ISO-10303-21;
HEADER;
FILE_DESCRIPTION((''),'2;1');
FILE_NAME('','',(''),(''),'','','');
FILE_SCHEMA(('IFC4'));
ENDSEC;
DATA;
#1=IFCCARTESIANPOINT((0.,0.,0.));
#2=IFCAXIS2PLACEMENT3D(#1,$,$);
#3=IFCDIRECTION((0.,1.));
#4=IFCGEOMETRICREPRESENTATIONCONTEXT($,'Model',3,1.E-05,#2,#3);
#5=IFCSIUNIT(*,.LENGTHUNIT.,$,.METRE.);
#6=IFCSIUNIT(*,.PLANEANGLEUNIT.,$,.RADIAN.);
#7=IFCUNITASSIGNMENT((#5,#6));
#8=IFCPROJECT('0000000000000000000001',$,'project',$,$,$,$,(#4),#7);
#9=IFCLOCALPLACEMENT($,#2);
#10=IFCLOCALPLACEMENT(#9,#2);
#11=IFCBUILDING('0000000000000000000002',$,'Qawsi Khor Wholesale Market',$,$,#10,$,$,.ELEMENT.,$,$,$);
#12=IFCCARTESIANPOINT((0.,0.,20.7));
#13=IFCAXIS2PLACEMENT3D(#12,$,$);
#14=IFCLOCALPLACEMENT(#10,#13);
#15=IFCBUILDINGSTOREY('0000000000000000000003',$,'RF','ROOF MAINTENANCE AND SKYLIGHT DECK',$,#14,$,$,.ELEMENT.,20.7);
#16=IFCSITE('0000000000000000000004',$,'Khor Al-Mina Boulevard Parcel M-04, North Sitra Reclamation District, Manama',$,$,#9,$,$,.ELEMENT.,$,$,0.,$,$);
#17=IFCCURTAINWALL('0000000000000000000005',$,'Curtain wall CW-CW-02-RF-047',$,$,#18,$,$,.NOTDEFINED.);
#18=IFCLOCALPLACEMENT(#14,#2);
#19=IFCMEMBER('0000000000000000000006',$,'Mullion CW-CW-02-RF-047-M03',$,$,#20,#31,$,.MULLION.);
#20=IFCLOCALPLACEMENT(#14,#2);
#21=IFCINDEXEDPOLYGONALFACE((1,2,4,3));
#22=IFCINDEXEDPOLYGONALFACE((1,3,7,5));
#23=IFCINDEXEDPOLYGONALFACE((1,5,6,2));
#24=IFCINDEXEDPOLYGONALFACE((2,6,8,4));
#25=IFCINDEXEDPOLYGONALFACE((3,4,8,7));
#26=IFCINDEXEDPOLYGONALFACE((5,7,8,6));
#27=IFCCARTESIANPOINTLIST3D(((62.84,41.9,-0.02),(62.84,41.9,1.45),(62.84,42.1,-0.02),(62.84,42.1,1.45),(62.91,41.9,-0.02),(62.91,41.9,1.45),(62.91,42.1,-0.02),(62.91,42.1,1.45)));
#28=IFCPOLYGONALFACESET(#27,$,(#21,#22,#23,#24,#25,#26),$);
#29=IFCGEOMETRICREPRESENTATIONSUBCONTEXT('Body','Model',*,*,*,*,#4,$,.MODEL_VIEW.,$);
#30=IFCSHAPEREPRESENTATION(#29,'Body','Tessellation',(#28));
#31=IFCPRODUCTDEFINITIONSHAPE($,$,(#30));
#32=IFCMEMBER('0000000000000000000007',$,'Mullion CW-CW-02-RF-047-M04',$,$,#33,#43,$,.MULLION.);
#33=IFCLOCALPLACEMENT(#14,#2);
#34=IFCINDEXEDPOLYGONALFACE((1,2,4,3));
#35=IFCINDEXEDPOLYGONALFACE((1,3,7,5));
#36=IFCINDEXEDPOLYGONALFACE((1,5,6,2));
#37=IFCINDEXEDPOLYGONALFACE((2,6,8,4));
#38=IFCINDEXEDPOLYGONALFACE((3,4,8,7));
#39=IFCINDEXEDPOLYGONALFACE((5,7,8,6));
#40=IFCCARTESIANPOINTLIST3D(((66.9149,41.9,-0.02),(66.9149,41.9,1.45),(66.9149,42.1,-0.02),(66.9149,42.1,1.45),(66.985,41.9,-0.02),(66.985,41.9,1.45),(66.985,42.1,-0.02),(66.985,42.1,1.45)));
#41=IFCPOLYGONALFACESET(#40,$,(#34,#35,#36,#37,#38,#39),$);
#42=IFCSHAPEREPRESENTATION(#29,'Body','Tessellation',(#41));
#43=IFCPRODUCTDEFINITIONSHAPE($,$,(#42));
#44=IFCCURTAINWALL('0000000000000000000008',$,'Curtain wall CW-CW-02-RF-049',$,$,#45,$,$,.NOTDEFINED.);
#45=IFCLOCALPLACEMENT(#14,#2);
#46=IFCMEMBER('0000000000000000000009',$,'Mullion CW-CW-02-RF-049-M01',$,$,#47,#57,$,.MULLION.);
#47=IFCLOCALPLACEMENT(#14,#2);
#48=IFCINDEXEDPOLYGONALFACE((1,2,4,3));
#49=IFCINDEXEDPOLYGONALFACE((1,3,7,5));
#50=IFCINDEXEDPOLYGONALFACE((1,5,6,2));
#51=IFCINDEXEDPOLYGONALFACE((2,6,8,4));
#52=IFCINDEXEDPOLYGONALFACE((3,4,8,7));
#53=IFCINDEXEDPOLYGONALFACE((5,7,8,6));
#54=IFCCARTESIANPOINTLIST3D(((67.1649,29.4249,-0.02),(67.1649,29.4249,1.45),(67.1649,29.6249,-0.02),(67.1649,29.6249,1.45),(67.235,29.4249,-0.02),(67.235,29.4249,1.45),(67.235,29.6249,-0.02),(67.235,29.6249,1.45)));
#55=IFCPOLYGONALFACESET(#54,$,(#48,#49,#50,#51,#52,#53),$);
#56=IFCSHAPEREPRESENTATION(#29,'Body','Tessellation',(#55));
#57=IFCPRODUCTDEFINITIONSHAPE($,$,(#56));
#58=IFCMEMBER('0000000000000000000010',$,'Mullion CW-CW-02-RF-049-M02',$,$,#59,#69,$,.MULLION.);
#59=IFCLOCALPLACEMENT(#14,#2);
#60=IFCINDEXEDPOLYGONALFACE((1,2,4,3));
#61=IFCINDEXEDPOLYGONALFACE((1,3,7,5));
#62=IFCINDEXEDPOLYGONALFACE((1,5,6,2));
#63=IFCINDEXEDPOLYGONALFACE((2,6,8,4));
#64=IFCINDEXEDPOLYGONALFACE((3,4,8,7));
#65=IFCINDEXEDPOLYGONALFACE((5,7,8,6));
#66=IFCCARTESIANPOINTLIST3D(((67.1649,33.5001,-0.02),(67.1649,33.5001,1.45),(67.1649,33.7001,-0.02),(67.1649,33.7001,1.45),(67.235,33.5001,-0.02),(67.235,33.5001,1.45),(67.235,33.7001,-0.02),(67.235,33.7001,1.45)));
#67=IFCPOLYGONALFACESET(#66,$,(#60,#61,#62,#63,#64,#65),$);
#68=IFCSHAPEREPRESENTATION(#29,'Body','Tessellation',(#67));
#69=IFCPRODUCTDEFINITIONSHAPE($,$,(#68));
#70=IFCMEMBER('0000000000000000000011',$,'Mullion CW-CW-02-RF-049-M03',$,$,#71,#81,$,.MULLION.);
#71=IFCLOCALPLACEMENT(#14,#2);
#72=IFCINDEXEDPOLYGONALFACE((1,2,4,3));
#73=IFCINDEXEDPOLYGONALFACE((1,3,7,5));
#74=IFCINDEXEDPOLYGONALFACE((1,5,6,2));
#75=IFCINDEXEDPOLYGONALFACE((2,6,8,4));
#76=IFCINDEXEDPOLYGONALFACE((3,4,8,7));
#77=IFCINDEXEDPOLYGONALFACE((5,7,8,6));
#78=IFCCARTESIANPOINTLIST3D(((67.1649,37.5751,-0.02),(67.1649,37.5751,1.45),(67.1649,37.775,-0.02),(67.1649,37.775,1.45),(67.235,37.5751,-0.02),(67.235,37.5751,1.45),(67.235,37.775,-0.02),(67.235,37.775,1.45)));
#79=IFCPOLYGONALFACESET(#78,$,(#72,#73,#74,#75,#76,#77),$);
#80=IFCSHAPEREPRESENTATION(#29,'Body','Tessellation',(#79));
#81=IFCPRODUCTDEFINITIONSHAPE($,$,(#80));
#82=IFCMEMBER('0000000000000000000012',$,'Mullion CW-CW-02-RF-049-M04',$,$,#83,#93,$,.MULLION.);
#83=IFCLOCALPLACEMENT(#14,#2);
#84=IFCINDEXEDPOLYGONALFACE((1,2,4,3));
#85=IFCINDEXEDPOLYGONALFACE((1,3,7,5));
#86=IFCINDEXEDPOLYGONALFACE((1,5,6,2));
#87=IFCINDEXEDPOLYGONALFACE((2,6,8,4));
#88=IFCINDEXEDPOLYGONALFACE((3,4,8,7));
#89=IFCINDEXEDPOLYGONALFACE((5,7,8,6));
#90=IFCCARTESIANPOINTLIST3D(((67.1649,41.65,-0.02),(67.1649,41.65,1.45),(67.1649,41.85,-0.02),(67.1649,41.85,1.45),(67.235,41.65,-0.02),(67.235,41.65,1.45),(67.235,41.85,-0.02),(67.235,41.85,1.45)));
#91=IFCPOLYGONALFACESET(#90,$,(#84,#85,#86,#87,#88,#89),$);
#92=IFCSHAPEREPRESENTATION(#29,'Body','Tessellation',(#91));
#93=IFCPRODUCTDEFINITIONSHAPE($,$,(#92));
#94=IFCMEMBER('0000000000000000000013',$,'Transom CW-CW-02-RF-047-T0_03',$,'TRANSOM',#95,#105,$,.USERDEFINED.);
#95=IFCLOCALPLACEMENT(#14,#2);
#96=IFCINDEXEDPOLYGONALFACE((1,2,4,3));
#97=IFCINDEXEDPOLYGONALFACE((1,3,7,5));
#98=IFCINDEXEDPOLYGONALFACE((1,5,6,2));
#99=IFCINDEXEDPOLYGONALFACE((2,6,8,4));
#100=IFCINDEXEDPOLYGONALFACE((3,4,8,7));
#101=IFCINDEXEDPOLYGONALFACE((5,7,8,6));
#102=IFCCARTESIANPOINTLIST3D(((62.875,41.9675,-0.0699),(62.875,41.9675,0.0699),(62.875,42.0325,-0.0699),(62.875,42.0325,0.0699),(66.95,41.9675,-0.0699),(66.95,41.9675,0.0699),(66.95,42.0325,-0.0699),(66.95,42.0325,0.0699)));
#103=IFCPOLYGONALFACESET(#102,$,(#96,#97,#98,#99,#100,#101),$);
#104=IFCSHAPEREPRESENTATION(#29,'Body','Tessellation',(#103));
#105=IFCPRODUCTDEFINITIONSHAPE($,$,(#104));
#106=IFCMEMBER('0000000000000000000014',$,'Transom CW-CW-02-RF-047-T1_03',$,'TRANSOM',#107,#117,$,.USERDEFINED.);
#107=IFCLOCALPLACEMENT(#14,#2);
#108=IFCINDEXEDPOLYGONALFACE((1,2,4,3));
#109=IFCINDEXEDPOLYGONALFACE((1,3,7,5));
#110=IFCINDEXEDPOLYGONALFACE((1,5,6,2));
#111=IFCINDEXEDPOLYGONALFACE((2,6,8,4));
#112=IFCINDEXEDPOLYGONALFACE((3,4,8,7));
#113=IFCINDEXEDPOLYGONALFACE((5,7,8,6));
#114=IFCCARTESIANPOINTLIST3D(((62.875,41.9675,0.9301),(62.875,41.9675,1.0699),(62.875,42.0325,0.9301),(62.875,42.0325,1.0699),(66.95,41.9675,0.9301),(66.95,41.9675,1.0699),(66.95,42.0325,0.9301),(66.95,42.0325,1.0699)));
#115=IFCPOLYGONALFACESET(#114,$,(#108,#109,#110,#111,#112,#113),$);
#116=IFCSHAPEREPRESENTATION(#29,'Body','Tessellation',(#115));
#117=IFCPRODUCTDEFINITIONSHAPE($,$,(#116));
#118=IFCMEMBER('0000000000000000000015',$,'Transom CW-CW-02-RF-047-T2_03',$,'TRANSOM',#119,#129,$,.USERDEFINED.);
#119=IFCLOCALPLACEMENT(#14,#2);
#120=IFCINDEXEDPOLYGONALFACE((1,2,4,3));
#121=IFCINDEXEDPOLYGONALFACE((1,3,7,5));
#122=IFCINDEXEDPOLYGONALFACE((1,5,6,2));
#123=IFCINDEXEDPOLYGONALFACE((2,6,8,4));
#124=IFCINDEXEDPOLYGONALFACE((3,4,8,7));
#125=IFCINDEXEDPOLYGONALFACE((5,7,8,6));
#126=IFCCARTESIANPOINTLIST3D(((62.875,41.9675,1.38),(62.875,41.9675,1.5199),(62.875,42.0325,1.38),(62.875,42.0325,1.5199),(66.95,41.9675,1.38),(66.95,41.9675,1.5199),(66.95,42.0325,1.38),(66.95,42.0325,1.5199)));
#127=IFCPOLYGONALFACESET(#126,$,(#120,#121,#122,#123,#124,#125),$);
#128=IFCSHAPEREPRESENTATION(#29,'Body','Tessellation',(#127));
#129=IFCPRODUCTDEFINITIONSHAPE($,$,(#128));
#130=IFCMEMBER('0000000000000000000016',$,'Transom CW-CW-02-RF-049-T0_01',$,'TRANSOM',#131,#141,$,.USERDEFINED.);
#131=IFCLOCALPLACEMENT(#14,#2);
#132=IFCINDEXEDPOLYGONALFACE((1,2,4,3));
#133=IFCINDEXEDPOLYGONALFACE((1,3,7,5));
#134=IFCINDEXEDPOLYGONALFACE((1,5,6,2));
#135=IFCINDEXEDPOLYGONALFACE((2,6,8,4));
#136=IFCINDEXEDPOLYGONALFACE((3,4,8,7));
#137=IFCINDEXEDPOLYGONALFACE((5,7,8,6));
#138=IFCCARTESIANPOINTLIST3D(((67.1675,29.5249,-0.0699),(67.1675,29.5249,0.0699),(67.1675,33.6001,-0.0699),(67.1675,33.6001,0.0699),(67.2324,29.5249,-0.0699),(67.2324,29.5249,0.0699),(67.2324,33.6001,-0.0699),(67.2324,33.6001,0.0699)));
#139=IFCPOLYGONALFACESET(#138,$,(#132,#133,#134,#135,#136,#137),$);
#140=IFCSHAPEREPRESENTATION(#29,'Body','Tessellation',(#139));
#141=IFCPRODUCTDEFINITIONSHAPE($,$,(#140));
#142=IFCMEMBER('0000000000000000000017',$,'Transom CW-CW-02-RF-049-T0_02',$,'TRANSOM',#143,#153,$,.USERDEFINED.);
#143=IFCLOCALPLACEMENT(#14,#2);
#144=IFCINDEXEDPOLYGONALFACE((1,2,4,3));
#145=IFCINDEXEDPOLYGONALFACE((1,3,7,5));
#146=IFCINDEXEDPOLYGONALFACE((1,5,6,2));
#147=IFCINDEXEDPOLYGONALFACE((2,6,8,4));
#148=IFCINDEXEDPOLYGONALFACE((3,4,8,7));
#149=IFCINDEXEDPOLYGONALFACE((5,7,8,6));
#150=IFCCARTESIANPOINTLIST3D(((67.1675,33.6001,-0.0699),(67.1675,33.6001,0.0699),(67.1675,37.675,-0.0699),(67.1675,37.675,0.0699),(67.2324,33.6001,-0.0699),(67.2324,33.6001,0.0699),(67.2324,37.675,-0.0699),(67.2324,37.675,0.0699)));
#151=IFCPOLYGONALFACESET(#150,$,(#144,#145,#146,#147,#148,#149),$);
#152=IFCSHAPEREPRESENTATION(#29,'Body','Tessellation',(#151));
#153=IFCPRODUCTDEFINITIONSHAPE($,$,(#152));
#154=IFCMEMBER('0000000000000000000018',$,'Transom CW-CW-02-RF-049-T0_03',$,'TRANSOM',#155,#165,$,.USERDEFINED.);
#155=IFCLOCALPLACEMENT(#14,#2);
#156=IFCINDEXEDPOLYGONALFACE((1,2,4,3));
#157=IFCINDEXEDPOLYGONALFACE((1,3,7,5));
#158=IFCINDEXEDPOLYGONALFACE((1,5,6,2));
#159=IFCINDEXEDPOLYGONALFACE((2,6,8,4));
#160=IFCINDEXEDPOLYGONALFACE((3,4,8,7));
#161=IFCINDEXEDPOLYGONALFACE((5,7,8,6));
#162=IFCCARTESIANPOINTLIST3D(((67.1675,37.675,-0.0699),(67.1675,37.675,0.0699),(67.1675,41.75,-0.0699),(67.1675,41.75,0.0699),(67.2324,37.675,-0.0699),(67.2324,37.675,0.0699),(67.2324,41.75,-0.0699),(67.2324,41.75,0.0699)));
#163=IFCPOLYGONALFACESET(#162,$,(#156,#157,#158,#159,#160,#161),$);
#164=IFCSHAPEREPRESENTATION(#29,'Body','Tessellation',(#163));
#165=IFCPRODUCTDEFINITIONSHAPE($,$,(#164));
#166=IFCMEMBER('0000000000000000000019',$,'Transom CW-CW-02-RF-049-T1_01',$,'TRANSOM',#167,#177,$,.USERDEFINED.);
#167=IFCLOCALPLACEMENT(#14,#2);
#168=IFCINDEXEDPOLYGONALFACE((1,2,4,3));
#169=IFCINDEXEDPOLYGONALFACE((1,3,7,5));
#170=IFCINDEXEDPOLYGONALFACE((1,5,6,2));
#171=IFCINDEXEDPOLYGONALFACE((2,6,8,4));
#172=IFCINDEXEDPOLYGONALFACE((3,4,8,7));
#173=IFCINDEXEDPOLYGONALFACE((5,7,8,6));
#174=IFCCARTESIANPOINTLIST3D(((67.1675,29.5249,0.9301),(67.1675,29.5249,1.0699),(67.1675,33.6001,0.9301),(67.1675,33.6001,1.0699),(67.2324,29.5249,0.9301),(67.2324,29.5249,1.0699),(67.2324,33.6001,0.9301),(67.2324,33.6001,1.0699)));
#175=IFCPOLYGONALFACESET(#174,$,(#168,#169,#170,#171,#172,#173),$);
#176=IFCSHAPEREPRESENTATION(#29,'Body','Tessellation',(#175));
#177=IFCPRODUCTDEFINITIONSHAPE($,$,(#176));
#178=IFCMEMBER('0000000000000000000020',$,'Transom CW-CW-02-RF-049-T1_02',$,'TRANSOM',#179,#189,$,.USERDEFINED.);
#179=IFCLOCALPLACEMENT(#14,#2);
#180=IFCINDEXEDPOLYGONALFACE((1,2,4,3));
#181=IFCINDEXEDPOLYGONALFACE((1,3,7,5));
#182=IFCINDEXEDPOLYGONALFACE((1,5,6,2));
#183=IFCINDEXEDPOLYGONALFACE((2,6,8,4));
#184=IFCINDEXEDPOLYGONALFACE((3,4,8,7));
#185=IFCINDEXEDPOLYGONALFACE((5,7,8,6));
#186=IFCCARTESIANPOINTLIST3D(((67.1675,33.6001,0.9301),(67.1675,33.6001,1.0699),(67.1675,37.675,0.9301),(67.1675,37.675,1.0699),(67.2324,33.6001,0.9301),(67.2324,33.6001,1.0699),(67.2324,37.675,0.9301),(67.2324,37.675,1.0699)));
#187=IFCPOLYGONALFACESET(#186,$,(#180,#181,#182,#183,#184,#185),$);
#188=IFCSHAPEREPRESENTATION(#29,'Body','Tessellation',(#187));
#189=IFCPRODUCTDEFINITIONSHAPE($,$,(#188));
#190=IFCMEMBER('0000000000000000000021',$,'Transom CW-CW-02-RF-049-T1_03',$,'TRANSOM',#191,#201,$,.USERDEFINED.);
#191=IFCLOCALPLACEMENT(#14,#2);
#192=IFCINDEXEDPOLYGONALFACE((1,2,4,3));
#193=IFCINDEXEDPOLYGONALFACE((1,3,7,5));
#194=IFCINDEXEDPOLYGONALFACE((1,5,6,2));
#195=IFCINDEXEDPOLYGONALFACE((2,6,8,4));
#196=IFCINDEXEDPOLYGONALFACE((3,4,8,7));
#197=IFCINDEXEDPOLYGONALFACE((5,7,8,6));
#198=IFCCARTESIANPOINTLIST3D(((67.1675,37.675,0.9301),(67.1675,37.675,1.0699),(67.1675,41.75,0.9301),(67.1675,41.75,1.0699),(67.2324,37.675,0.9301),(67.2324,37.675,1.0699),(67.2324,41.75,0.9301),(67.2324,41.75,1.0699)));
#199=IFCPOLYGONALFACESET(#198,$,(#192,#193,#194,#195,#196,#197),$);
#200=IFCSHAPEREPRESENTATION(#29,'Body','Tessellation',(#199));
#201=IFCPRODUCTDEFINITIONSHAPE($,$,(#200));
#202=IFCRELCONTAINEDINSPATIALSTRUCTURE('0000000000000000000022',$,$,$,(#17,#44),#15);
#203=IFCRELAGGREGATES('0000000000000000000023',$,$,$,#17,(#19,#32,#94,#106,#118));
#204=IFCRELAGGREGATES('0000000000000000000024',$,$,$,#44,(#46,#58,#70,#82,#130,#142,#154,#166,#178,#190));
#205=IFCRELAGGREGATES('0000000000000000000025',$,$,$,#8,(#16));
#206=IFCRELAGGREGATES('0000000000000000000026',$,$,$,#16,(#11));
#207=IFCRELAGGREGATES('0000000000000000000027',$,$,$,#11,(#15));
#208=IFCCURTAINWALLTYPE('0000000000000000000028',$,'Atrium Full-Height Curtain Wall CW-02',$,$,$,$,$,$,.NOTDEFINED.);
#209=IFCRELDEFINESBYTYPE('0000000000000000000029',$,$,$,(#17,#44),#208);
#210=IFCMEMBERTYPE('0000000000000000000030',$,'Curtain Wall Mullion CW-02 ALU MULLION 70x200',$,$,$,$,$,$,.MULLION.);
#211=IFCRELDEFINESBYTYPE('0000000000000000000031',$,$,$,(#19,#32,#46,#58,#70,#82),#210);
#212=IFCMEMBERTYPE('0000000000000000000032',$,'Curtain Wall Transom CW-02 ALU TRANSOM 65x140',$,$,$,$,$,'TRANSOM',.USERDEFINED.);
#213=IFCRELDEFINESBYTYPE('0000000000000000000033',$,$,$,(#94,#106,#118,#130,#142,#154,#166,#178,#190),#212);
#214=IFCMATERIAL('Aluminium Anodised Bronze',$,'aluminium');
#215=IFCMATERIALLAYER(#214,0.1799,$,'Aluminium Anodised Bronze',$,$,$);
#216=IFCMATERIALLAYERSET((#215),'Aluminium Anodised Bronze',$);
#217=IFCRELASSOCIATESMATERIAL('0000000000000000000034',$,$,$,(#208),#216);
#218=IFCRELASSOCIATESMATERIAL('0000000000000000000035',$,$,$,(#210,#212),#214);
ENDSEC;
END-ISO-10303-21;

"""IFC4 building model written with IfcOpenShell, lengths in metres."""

from ifc_helpers import new_model, si_unit, direction, frame, origin, origin_2d, place, context, subcontext, project, spatial, rectangle, extrude, material, layer, layer_set, material_profile, profile_set, type_object, element, aggregate, save


model = new_model("IFC4")

# Units and contexts
model_context = context("Model", 3, precision=1e-05, world=origin(), true_north=direction((0.0, 1.0)))
body_context = subcontext(model_context, "Body", "Model", "MODEL_VIEW")
ifc_project = project(units=[si_unit("LENGTHUNIT", "METRE"), si_unit("PLANEANGLEUNIT", "RADIAN")], contexts=[model_context])

# Site, building, storey
site_placement = place(None, origin())
site = spatial("IfcSite", under=ifc_project, at=site_placement, Name="Khor Al-Mina Boulevard Parcel M-04, North Sitra Reclamation District, Manama", CompositionType="ELEMENT", RefElevation=0.0)
building_placement = place(site_placement, origin())
building = spatial("IfcBuilding", under=site, at=building_placement, Name="Qawsi Khor Wholesale Market", CompositionType="ELEMENT")
storey_placement = place(building_placement, frame((0.0, 0.0, 20.7)))
storey = spatial("IfcBuildingStorey", under=building, at=storey_placement, Name="RF", Description="ROOF MAINTENANCE AND SKYLIGHT DECK", CompositionType="ELEMENT", Elevation=20.7)

# Curtain walls, members
ifc_material_1 = material(Name="Aluminium Anodised Bronze", Category="aluminium")
ifc_layer_1 = layer(ifc_material_1, 0.1799, Name="Aluminium Anodised Bronze")
ifc_layer_set_1 = layer_set([ifc_layer_1], Name="Aluminium Anodised Bronze")
curtain_wall_type = type_object("IfcCurtainWallType", Name="Atrium Full-Height Curtain Wall CW-02", PredefinedType="NOTDEFINED", material=ifc_layer_set_1)
curtain_wall_1_placement = place(storey_placement, origin())
curtain_wall_1 = element("IfcCurtainWall", 1, at=curtain_wall_1_placement, inside=storey, type_object=curtain_wall_type, Name="Curtain wall CW-CW-02-RF-047", PredefinedType="NOTDEFINED")
ifc_material_profile_1 = material_profile(ifc_material_1, rectangle(XDim=0.0701, YDim=0.2, at=origin_2d()), Name="ALU MULLION 70x200")
ifc_profile_set_1 = profile_set([ifc_material_profile_1], Name="Aluminium Anodised Bronze")
member_type_1 = type_object("IfcMemberType", Name="Curtain Wall Mullion CW-02 ALU MULLION 70x200", PredefinedType="MULLION", material=ifc_profile_set_1)
member_1_placement = place(storey_placement, frame((62.875, 42.0, -0.02), z_axis=(0.0, 0.0, 1.0), x_axis=(1.0, 0.0, 0.0)))
member_1 = element("IfcMember", 2, at=member_1_placement, type_object=member_type_1, Name="Mullion CW-CW-02-RF-047-M03", PredefinedType="MULLION", context=body_context, shape_type="SweptSolid", body=[
    extrude(rectangle(XDim=0.0701, YDim=0.2, at=origin_2d()), origin(), (0.0, 0.0, 1.0), 1.47),
])
member_2_placement = place(storey_placement, frame((66.95, 42.0, -0.02), z_axis=(0.0, 0.0, 1.0), x_axis=(1.0, 0.0, 0.0)))
member_2 = element("IfcMember", 3, at=member_2_placement, type_object=member_type_1, Name="Mullion CW-CW-02-RF-047-M04", PredefinedType="MULLION", context=body_context, shape_type="SweptSolid", body=[
    extrude(rectangle(XDim=0.0701, YDim=0.2, at=origin_2d()), origin(), (0.0, 0.0, 1.0), 1.47),
])
curtain_wall_2_placement = place(storey_placement, origin())
curtain_wall_2 = element("IfcCurtainWall", 4, at=curtain_wall_2_placement, inside=storey, type_object=curtain_wall_type, Name="Curtain wall CW-CW-02-RF-049", PredefinedType="NOTDEFINED")
member_3_placement = place(storey_placement, frame((67.2, 29.5249, -0.02), z_axis=(0.0, 0.0, 1.0), x_axis=(1.0, 0.0, 0.0)))
member_3 = element("IfcMember", 5, at=member_3_placement, type_object=member_type_1, Name="Mullion CW-CW-02-RF-049-M01", PredefinedType="MULLION", context=body_context, shape_type="SweptSolid", body=[
    extrude(rectangle(XDim=0.0701, YDim=0.2, at=origin_2d()), origin(), (0.0, 0.0, 1.0), 1.47),
])
member_4_placement = place(storey_placement, frame((67.2, 33.6001, -0.02), z_axis=(0.0, 0.0, 1.0), x_axis=(1.0, 0.0, 0.0)))
member_4 = element("IfcMember", 6, at=member_4_placement, type_object=member_type_1, Name="Mullion CW-CW-02-RF-049-M02", PredefinedType="MULLION", context=body_context, shape_type="SweptSolid", body=[
    extrude(rectangle(XDim=0.0701, YDim=0.2, at=origin_2d()), origin(), (0.0, 0.0, 1.0), 1.47),
])
member_5_placement = place(storey_placement, frame((67.2, 37.675, -0.02), z_axis=(0.0, 0.0, 1.0), x_axis=(1.0, 0.0, 0.0)))
member_5 = element("IfcMember", 7, at=member_5_placement, type_object=member_type_1, Name="Mullion CW-CW-02-RF-049-M03", PredefinedType="MULLION", context=body_context, shape_type="SweptSolid", body=[
    extrude(rectangle(XDim=0.0701, YDim=0.2, at=origin_2d()), origin(), (0.0, 0.0, 1.0), 1.47),
])
member_6_placement = place(storey_placement, frame((67.2, 41.75, -0.02), z_axis=(0.0, 0.0, 1.0), x_axis=(1.0, 0.0, 0.0)))
member_6 = element("IfcMember", 8, at=member_6_placement, type_object=member_type_1, Name="Mullion CW-CW-02-RF-049-M04", PredefinedType="MULLION", context=body_context, shape_type="SweptSolid", body=[
    extrude(rectangle(XDim=0.0701, YDim=0.2, at=origin_2d()), origin(), (0.0, 0.0, 1.0), 1.47),
])

# Members
ifc_material_profile_2 = material_profile(ifc_material_1, rectangle(XDim=0.0649, YDim=0.1399, at=origin_2d()), Name="ALU TRANSOM 65x140")
ifc_profile_set_2 = profile_set([ifc_material_profile_2], Name="Aluminium Anodised Bronze")
member_type_2 = type_object("IfcMemberType", Name="Curtain Wall Transom CW-02 ALU TRANSOM 65x140", ElementType="TRANSOM", PredefinedType="USERDEFINED", material=ifc_profile_set_2)
member_7_placement = place(storey_placement, frame((62.875, 42.0, 0.0), z_axis=(1.0, 0.0, 0.0), x_axis=(0.0, 1.0, 0.0)))
member_7 = element("IfcMember", 9, at=member_7_placement, type_object=member_type_2, Name="Transom CW-CW-02-RF-047-T0_03", ObjectType="TRANSOM", PredefinedType="USERDEFINED", context=body_context, shape_type="SweptSolid", body=[
    extrude(rectangle(XDim=0.0649, YDim=0.1399, at=origin_2d()), origin(), (0.0, 0.0, 1.0), 4.075),
])
member_8_placement = place(storey_placement, frame((62.875, 42.0, 1.0), z_axis=(1.0, 0.0, 0.0), x_axis=(0.0, 1.0, 0.0)))
member_8 = element("IfcMember", 10, at=member_8_placement, type_object=member_type_2, Name="Transom CW-CW-02-RF-047-T1_03", ObjectType="TRANSOM", PredefinedType="USERDEFINED", context=body_context, shape_type="SweptSolid", body=[
    extrude(rectangle(XDim=0.0649, YDim=0.1399, at=origin_2d()), origin(), (0.0, 0.0, 1.0), 4.075),
])
member_9_placement = place(storey_placement, frame((62.875, 42.0, 1.45), z_axis=(1.0, 0.0, 0.0), x_axis=(0.0, 1.0, 0.0)))
member_9 = element("IfcMember", 11, at=member_9_placement, type_object=member_type_2, Name="Transom CW-CW-02-RF-047-T2_03", ObjectType="TRANSOM", PredefinedType="USERDEFINED", context=body_context, shape_type="SweptSolid", body=[
    extrude(rectangle(XDim=0.0649, YDim=0.1399, at=origin_2d()), origin(), (0.0, 0.0, 1.0), 4.075),
])
member_10_placement = place(storey_placement, frame((67.2, 29.5249, 0.0), z_axis=(0.0, 1.0, 0.0), x_axis=(-1.0, 0.0, 0.0)))
member_10 = element("IfcMember", 12, at=member_10_placement, type_object=member_type_2, Name="Transom CW-CW-02-RF-049-T0_01", ObjectType="TRANSOM", PredefinedType="USERDEFINED", context=body_context, shape_type="SweptSolid", body=[
    extrude(rectangle(XDim=0.0649, YDim=0.1399, at=origin_2d()), origin(), (0.0, 0.0, 1.0), 4.0752),
])
member_11_placement = place(storey_placement, frame((67.2, 33.6001, 0.0), z_axis=(0.0, 1.0, 0.0), x_axis=(-1.0, 0.0, 0.0)))
member_11 = element("IfcMember", 13, at=member_11_placement, type_object=member_type_2, Name="Transom CW-CW-02-RF-049-T0_02", ObjectType="TRANSOM", PredefinedType="USERDEFINED", context=body_context, shape_type="SweptSolid", body=[
    extrude(rectangle(XDim=0.0649, YDim=0.1399, at=origin_2d()), origin(), (0.0, 0.0, 1.0), 4.075),
])
member_12_placement = place(storey_placement, frame((67.2, 37.675, 0.0), z_axis=(0.0, 1.0, 0.0), x_axis=(-1.0, 0.0, 0.0)))
member_12 = element("IfcMember", 14, at=member_12_placement, type_object=member_type_2, Name="Transom CW-CW-02-RF-049-T0_03", ObjectType="TRANSOM", PredefinedType="USERDEFINED", context=body_context, shape_type="SweptSolid", body=[
    extrude(rectangle(XDim=0.0649, YDim=0.1399, at=origin_2d()), origin(), (0.0, 0.0, 1.0), 4.075),
])
member_13_placement = place(storey_placement, frame((67.2, 29.5249, 1.0), z_axis=(0.0, 1.0, 0.0), x_axis=(-1.0, 0.0, 0.0)))
member_13 = element("IfcMember", 15, at=member_13_placement, type_object=member_type_2, Name="Transom CW-CW-02-RF-049-T1_01", ObjectType="TRANSOM", PredefinedType="USERDEFINED", context=body_context, shape_type="SweptSolid", body=[
    extrude(rectangle(XDim=0.0649, YDim=0.1399, at=origin_2d()), origin(), (0.0, 0.0, 1.0), 4.0752),
])
member_14_placement = place(storey_placement, frame((67.2, 33.6001, 1.0), z_axis=(0.0, 1.0, 0.0), x_axis=(-1.0, 0.0, 0.0)))
member_14 = element("IfcMember", 16, at=member_14_placement, type_object=member_type_2, Name="Transom CW-CW-02-RF-049-T1_02", ObjectType="TRANSOM", PredefinedType="USERDEFINED", context=body_context, shape_type="SweptSolid", body=[
    extrude(rectangle(XDim=0.0649, YDim=0.1399, at=origin_2d()), origin(), (0.0, 0.0, 1.0), 4.075),
])
member_15_placement = place(storey_placement, frame((67.2, 37.675, 1.0), z_axis=(0.0, 1.0, 0.0), x_axis=(-1.0, 0.0, 0.0)))
member_15 = element("IfcMember", 17, at=member_15_placement, type_object=member_type_2, Name="Transom CW-CW-02-RF-049-T1_03", ObjectType="TRANSOM", PredefinedType="USERDEFINED", context=body_context, shape_type="SweptSolid", body=[
    extrude(rectangle(XDim=0.0649, YDim=0.1399, at=origin_2d()), origin(), (0.0, 0.0, 1.0), 4.075),
])

aggregate(curtain_wall_1, [member_1, member_2, member_7, member_8, member_9])
aggregate(curtain_wall_2, [member_3, member_4, member_5, member_6, member_10, member_11, member_12, member_13, member_14, member_15])

save(model, "model.ifc")
